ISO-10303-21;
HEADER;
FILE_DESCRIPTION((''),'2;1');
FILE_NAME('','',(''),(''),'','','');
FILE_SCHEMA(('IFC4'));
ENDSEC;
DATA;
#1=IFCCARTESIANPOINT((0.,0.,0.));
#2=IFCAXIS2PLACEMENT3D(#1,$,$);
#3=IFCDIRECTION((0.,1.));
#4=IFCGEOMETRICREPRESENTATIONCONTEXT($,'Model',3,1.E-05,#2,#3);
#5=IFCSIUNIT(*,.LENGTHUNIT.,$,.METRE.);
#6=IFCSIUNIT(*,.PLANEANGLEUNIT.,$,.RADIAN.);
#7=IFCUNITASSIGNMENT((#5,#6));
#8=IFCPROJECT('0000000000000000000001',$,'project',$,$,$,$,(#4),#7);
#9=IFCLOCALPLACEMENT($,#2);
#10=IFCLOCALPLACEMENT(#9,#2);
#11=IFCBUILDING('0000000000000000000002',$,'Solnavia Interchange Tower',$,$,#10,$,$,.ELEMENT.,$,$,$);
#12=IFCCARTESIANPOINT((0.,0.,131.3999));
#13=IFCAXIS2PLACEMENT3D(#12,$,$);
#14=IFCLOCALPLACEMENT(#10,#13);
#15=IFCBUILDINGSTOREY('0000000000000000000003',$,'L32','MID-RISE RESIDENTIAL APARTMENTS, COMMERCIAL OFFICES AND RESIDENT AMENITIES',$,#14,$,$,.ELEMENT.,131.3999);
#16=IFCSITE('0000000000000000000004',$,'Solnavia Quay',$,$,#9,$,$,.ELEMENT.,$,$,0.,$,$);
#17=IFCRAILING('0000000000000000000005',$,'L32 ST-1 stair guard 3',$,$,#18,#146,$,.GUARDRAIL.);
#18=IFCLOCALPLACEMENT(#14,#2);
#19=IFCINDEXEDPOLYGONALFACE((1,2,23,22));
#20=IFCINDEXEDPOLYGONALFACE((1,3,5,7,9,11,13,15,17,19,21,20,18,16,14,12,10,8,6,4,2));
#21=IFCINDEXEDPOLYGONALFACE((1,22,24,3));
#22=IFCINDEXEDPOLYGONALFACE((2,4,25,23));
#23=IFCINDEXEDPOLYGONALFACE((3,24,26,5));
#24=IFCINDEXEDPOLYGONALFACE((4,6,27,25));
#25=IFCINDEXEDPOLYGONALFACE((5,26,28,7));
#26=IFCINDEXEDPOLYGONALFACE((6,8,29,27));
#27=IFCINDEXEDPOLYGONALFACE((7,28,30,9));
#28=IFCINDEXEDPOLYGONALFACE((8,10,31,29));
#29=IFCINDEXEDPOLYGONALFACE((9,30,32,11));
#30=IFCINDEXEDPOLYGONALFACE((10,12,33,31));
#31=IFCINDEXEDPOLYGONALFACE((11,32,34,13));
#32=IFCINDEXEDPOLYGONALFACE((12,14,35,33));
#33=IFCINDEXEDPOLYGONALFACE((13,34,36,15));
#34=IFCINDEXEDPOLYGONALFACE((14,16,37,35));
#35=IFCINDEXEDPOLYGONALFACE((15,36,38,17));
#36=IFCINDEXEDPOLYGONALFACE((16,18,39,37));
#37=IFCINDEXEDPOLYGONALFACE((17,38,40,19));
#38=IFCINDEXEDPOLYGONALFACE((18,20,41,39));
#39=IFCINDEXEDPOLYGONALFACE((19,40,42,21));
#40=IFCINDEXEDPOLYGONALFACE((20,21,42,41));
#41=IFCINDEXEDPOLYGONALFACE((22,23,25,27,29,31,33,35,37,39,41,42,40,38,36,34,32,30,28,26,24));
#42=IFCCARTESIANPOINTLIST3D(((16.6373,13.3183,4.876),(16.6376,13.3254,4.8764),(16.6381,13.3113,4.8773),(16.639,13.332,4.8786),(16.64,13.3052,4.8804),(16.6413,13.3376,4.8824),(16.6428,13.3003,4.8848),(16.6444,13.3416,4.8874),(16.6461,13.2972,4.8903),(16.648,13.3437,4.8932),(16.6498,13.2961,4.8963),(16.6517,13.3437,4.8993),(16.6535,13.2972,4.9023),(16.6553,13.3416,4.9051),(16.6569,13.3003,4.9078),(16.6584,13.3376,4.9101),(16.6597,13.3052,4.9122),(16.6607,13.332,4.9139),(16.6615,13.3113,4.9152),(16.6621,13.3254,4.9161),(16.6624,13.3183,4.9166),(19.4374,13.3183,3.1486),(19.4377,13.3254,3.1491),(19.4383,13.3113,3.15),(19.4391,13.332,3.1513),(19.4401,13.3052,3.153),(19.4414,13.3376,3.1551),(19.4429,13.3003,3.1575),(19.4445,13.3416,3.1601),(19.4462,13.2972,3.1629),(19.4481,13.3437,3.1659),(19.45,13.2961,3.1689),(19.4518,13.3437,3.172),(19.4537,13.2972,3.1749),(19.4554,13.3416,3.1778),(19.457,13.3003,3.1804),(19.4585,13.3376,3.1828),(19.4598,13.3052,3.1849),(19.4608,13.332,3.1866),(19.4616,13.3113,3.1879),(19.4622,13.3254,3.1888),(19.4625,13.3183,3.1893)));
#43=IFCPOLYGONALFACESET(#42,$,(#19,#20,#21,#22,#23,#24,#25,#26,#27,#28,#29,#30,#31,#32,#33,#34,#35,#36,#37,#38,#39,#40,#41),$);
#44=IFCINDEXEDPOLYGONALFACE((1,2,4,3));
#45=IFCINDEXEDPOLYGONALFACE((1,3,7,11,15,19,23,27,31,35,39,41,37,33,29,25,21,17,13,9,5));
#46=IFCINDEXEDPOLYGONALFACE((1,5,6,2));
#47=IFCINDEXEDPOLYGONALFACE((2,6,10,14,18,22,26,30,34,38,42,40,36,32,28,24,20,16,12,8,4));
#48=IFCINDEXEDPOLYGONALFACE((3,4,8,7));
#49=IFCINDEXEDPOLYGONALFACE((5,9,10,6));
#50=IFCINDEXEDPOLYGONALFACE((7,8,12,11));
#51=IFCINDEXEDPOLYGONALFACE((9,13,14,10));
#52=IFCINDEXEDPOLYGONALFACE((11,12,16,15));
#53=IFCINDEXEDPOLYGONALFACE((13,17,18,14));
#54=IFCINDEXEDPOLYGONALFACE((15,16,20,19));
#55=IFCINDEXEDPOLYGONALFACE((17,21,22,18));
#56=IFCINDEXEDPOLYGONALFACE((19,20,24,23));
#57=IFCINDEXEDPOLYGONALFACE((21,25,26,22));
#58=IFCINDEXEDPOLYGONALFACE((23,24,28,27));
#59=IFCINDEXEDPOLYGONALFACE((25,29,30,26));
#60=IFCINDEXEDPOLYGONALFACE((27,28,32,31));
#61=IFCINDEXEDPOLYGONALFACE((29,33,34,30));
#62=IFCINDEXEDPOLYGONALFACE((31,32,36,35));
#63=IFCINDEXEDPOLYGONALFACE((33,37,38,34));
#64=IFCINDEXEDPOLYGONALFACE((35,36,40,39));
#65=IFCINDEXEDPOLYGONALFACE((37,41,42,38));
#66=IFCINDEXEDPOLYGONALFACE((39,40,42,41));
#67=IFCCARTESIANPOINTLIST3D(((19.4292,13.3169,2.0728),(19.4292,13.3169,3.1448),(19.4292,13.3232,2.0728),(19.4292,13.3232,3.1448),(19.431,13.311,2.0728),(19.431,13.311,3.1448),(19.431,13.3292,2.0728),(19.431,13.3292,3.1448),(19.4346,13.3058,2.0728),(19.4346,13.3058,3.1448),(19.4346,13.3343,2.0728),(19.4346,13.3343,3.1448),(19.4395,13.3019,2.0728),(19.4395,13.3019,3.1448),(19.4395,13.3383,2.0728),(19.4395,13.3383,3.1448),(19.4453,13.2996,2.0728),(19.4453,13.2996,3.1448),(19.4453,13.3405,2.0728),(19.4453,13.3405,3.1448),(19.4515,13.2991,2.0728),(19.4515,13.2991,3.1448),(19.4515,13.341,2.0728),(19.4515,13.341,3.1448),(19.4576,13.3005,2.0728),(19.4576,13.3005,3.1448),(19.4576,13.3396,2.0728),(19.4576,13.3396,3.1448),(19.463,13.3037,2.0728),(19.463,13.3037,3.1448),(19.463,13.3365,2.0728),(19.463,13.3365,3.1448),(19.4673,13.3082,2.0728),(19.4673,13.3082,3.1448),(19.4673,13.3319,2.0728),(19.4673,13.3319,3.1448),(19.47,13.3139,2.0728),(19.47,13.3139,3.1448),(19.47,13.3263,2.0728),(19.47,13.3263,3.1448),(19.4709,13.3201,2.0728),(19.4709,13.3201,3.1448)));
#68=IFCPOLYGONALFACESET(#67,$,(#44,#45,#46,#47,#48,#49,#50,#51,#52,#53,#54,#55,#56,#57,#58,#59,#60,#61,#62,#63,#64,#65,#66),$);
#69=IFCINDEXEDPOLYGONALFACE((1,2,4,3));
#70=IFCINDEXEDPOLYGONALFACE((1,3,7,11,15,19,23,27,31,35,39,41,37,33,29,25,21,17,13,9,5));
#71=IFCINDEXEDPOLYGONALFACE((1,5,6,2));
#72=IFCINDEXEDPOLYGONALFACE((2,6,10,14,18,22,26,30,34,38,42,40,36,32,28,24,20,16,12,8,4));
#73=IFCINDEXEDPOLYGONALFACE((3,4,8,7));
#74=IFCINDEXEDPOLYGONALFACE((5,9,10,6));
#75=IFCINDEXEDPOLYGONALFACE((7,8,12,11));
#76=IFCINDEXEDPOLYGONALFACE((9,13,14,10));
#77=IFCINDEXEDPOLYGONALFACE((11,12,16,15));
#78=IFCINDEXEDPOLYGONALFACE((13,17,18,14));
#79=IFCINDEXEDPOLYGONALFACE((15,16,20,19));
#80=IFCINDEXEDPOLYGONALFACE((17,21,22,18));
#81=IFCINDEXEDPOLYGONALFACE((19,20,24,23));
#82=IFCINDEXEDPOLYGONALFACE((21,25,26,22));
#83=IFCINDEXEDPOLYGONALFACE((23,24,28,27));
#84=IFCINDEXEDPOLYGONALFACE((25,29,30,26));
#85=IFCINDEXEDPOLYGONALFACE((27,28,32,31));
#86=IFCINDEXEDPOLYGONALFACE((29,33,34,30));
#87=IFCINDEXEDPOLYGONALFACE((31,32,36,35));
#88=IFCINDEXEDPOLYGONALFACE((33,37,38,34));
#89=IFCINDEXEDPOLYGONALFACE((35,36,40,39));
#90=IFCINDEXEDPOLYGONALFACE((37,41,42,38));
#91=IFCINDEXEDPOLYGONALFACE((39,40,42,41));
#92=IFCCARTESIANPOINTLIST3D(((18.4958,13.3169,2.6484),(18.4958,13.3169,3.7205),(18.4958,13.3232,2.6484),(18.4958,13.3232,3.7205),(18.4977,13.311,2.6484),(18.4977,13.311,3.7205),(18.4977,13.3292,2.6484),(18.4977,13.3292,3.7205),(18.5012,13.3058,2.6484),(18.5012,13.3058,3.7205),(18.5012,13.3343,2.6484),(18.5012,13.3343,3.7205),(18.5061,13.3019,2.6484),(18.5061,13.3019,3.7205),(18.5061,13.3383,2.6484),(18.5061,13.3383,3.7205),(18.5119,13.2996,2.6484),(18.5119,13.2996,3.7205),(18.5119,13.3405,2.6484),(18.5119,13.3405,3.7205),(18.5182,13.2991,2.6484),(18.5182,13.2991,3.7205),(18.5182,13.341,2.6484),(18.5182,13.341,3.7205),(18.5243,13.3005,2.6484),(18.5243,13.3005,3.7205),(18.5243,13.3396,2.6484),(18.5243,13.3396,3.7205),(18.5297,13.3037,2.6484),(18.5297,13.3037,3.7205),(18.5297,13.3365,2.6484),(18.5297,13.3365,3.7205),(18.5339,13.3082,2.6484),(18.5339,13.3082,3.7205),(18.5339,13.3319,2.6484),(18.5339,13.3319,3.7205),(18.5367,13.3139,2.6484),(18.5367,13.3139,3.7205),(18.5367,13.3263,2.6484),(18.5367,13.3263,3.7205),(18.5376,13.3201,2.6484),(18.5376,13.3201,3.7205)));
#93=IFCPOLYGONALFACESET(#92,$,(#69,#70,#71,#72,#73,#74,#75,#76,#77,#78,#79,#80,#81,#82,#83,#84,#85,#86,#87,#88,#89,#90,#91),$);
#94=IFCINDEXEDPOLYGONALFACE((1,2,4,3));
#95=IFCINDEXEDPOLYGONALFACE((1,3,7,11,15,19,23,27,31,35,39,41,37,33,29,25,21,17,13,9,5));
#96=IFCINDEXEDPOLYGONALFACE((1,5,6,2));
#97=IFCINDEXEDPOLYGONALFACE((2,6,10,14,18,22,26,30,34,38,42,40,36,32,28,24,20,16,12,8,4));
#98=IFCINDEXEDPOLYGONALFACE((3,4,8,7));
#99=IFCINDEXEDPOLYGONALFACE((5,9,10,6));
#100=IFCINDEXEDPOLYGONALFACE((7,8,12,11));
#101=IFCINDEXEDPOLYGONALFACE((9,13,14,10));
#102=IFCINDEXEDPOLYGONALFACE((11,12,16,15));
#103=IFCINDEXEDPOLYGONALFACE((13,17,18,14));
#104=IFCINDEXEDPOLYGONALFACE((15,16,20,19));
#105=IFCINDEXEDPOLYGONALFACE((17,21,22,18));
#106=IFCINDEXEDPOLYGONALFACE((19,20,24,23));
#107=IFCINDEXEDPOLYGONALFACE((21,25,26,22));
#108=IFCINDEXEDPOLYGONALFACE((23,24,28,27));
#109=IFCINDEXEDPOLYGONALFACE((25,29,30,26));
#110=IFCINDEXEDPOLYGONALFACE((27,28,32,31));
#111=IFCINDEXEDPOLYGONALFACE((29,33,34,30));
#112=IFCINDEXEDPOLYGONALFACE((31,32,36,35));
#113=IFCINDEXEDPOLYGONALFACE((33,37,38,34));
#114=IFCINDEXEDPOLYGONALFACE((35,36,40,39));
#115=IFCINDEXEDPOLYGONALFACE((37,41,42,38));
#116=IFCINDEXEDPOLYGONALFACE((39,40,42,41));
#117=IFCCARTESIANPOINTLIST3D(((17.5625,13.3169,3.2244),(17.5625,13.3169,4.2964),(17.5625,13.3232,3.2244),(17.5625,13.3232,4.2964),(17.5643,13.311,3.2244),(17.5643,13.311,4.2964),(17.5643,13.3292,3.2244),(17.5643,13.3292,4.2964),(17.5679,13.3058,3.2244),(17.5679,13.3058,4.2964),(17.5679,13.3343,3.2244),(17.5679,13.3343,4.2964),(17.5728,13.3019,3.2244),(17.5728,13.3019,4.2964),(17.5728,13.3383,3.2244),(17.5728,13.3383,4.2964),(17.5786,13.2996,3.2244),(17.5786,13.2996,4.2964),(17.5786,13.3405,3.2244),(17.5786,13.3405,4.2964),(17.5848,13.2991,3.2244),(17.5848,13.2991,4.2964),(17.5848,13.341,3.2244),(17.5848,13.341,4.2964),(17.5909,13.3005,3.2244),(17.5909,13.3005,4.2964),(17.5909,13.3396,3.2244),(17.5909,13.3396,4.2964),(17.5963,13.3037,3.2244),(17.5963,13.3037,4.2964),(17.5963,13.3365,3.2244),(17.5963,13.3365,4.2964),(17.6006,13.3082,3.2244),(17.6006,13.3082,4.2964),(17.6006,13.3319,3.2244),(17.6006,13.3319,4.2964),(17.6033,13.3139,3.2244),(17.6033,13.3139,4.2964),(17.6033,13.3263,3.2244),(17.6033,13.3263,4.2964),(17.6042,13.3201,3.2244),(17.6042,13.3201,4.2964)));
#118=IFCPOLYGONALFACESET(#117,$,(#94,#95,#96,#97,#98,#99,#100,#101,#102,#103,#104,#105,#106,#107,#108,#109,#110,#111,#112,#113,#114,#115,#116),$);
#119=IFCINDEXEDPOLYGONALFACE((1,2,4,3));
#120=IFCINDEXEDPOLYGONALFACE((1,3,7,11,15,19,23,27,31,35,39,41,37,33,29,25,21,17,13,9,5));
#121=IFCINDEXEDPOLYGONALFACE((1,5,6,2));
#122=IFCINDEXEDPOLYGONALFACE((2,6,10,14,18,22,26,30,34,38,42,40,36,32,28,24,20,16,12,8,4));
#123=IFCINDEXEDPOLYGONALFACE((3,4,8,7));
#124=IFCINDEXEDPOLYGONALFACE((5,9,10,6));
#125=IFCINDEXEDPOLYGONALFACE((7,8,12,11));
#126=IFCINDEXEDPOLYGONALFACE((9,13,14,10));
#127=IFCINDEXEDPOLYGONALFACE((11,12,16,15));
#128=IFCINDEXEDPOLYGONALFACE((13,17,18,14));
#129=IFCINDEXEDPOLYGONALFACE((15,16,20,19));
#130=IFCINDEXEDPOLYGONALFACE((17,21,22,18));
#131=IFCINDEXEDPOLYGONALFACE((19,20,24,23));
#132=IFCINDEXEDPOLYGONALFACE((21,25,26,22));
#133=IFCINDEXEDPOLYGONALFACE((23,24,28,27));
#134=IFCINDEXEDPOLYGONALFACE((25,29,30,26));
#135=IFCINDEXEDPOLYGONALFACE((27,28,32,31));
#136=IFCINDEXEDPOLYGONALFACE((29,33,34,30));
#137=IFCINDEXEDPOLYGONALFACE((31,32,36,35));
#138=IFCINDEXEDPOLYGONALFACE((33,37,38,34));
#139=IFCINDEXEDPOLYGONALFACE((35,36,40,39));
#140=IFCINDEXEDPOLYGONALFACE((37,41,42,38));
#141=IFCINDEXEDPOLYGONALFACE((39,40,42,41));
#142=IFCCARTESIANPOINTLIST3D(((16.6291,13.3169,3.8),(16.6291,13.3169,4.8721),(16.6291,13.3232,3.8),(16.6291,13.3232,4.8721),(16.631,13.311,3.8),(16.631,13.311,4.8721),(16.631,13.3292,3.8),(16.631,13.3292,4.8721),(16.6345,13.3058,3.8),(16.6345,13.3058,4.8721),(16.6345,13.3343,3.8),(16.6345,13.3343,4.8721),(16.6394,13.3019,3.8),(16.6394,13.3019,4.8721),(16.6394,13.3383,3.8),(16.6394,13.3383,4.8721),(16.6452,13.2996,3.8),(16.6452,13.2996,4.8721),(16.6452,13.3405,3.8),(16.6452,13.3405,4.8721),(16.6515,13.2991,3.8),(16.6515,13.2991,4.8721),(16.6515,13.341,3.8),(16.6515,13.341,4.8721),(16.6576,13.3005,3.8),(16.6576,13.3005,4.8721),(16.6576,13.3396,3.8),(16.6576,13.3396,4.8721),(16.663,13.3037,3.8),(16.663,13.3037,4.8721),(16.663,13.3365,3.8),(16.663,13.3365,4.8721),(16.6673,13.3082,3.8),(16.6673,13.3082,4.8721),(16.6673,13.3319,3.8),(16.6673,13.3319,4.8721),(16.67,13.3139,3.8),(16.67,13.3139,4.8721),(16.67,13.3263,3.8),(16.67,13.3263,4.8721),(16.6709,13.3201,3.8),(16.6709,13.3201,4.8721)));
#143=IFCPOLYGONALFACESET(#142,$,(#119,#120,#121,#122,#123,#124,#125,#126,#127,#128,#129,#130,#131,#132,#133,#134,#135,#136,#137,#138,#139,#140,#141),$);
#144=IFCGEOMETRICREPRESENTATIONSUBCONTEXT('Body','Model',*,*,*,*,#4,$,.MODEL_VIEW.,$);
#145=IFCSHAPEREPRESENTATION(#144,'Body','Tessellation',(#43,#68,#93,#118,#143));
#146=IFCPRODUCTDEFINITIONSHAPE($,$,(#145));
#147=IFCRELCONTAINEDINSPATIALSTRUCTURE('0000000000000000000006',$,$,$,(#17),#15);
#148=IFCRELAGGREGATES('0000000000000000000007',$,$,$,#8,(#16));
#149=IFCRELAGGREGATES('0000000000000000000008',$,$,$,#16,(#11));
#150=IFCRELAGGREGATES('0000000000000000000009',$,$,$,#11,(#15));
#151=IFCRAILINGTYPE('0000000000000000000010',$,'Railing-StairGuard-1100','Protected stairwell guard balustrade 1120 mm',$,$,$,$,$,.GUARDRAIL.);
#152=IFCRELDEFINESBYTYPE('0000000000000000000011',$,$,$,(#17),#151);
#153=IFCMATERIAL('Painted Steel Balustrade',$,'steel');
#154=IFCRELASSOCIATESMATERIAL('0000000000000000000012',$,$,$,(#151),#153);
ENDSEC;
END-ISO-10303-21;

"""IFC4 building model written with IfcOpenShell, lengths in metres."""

from ifc_helpers import new_model, si_unit, direction, frame, origin, origin_2d, place, context, subcontext, project, spatial, circle, extrude, material, type_object, element, save


model = new_model("IFC4")

# Units and contexts
model_context = context("Model", 3, precision=1e-05, world=origin(), true_north=direction((0.0, 1.0)))
body_context = subcontext(model_context, "Body", "Model", "MODEL_VIEW")
ifc_project = project(units=[si_unit("LENGTHUNIT", "METRE"), si_unit("PLANEANGLEUNIT", "RADIAN")], contexts=[model_context])

# Site, building, storey
site_placement = place(None, origin())
site = spatial("IfcSite", under=ifc_project, at=site_placement, Name="Solnavia Quay", CompositionType="ELEMENT", RefElevation=0.0)
building_placement = place(site_placement, origin())
building = spatial("IfcBuilding", under=site, at=building_placement, Name="Solnavia Interchange Tower", CompositionType="ELEMENT")
storey_placement = place(building_placement, frame((0.0, 0.0, 131.3999)))
storey = spatial("IfcBuildingStorey", under=building, at=storey_placement, Name="L32", Description="MID-RISE RESIDENTIAL APARTMENTS, COMMERCIAL OFFICES AND RESIDENT AMENITIES", CompositionType="ELEMENT", Elevation=131.3999)

# Railing
ifc_material_1 = material(Name="Painted Steel Balustrade", Category="steel")
railing_type_1 = type_object("IfcRailingType", Name="Railing-StairGuard-1100", Description="Protected stairwell guard balustrade 1120 mm", PredefinedType="GUARDRAIL", material=ifc_material_1)
railing_1_placement = place(storey_placement, frame((19.45, 13.3201, 2.0728)))
element("IfcRailing", 1, at=railing_1_placement, inside=storey, type_object=railing_type_1, Name="L32 ST-1 stair guard 3", PredefinedType="GUARDRAIL", context=body_context, shape_type="SweptSolid", body=[
    extrude(circle(Radius=0.0239, at=origin_2d()), frame((0.0, 0.0, 1.0962), z_axis=(-0.85109, 0.0, 0.52502), x_axis=(0.0, -1.0, 0.0)), (0.0, 0.0, 1.0), 3.29),
    extrude(circle(Radius=0.021, at=origin_2d()), origin(), (0.0, 0.0, 1.0), 1.072),
    extrude(circle(Radius=0.021, at=origin_2d()), frame((-0.9333, 0.0, 0.5757)), (0.0, 0.0, 1.0), 1.072),
    extrude(circle(Radius=0.021, at=origin_2d()), frame((-1.8667, 0.0, 1.1516)), (0.0, 0.0, 1.0), 1.072),
    extrude(circle(Radius=0.021, at=origin_2d()), frame((-2.8, 0.0, 1.7273)), (0.0, 0.0, 1.0), 1.072),
])

save(model, "model.ifc")
